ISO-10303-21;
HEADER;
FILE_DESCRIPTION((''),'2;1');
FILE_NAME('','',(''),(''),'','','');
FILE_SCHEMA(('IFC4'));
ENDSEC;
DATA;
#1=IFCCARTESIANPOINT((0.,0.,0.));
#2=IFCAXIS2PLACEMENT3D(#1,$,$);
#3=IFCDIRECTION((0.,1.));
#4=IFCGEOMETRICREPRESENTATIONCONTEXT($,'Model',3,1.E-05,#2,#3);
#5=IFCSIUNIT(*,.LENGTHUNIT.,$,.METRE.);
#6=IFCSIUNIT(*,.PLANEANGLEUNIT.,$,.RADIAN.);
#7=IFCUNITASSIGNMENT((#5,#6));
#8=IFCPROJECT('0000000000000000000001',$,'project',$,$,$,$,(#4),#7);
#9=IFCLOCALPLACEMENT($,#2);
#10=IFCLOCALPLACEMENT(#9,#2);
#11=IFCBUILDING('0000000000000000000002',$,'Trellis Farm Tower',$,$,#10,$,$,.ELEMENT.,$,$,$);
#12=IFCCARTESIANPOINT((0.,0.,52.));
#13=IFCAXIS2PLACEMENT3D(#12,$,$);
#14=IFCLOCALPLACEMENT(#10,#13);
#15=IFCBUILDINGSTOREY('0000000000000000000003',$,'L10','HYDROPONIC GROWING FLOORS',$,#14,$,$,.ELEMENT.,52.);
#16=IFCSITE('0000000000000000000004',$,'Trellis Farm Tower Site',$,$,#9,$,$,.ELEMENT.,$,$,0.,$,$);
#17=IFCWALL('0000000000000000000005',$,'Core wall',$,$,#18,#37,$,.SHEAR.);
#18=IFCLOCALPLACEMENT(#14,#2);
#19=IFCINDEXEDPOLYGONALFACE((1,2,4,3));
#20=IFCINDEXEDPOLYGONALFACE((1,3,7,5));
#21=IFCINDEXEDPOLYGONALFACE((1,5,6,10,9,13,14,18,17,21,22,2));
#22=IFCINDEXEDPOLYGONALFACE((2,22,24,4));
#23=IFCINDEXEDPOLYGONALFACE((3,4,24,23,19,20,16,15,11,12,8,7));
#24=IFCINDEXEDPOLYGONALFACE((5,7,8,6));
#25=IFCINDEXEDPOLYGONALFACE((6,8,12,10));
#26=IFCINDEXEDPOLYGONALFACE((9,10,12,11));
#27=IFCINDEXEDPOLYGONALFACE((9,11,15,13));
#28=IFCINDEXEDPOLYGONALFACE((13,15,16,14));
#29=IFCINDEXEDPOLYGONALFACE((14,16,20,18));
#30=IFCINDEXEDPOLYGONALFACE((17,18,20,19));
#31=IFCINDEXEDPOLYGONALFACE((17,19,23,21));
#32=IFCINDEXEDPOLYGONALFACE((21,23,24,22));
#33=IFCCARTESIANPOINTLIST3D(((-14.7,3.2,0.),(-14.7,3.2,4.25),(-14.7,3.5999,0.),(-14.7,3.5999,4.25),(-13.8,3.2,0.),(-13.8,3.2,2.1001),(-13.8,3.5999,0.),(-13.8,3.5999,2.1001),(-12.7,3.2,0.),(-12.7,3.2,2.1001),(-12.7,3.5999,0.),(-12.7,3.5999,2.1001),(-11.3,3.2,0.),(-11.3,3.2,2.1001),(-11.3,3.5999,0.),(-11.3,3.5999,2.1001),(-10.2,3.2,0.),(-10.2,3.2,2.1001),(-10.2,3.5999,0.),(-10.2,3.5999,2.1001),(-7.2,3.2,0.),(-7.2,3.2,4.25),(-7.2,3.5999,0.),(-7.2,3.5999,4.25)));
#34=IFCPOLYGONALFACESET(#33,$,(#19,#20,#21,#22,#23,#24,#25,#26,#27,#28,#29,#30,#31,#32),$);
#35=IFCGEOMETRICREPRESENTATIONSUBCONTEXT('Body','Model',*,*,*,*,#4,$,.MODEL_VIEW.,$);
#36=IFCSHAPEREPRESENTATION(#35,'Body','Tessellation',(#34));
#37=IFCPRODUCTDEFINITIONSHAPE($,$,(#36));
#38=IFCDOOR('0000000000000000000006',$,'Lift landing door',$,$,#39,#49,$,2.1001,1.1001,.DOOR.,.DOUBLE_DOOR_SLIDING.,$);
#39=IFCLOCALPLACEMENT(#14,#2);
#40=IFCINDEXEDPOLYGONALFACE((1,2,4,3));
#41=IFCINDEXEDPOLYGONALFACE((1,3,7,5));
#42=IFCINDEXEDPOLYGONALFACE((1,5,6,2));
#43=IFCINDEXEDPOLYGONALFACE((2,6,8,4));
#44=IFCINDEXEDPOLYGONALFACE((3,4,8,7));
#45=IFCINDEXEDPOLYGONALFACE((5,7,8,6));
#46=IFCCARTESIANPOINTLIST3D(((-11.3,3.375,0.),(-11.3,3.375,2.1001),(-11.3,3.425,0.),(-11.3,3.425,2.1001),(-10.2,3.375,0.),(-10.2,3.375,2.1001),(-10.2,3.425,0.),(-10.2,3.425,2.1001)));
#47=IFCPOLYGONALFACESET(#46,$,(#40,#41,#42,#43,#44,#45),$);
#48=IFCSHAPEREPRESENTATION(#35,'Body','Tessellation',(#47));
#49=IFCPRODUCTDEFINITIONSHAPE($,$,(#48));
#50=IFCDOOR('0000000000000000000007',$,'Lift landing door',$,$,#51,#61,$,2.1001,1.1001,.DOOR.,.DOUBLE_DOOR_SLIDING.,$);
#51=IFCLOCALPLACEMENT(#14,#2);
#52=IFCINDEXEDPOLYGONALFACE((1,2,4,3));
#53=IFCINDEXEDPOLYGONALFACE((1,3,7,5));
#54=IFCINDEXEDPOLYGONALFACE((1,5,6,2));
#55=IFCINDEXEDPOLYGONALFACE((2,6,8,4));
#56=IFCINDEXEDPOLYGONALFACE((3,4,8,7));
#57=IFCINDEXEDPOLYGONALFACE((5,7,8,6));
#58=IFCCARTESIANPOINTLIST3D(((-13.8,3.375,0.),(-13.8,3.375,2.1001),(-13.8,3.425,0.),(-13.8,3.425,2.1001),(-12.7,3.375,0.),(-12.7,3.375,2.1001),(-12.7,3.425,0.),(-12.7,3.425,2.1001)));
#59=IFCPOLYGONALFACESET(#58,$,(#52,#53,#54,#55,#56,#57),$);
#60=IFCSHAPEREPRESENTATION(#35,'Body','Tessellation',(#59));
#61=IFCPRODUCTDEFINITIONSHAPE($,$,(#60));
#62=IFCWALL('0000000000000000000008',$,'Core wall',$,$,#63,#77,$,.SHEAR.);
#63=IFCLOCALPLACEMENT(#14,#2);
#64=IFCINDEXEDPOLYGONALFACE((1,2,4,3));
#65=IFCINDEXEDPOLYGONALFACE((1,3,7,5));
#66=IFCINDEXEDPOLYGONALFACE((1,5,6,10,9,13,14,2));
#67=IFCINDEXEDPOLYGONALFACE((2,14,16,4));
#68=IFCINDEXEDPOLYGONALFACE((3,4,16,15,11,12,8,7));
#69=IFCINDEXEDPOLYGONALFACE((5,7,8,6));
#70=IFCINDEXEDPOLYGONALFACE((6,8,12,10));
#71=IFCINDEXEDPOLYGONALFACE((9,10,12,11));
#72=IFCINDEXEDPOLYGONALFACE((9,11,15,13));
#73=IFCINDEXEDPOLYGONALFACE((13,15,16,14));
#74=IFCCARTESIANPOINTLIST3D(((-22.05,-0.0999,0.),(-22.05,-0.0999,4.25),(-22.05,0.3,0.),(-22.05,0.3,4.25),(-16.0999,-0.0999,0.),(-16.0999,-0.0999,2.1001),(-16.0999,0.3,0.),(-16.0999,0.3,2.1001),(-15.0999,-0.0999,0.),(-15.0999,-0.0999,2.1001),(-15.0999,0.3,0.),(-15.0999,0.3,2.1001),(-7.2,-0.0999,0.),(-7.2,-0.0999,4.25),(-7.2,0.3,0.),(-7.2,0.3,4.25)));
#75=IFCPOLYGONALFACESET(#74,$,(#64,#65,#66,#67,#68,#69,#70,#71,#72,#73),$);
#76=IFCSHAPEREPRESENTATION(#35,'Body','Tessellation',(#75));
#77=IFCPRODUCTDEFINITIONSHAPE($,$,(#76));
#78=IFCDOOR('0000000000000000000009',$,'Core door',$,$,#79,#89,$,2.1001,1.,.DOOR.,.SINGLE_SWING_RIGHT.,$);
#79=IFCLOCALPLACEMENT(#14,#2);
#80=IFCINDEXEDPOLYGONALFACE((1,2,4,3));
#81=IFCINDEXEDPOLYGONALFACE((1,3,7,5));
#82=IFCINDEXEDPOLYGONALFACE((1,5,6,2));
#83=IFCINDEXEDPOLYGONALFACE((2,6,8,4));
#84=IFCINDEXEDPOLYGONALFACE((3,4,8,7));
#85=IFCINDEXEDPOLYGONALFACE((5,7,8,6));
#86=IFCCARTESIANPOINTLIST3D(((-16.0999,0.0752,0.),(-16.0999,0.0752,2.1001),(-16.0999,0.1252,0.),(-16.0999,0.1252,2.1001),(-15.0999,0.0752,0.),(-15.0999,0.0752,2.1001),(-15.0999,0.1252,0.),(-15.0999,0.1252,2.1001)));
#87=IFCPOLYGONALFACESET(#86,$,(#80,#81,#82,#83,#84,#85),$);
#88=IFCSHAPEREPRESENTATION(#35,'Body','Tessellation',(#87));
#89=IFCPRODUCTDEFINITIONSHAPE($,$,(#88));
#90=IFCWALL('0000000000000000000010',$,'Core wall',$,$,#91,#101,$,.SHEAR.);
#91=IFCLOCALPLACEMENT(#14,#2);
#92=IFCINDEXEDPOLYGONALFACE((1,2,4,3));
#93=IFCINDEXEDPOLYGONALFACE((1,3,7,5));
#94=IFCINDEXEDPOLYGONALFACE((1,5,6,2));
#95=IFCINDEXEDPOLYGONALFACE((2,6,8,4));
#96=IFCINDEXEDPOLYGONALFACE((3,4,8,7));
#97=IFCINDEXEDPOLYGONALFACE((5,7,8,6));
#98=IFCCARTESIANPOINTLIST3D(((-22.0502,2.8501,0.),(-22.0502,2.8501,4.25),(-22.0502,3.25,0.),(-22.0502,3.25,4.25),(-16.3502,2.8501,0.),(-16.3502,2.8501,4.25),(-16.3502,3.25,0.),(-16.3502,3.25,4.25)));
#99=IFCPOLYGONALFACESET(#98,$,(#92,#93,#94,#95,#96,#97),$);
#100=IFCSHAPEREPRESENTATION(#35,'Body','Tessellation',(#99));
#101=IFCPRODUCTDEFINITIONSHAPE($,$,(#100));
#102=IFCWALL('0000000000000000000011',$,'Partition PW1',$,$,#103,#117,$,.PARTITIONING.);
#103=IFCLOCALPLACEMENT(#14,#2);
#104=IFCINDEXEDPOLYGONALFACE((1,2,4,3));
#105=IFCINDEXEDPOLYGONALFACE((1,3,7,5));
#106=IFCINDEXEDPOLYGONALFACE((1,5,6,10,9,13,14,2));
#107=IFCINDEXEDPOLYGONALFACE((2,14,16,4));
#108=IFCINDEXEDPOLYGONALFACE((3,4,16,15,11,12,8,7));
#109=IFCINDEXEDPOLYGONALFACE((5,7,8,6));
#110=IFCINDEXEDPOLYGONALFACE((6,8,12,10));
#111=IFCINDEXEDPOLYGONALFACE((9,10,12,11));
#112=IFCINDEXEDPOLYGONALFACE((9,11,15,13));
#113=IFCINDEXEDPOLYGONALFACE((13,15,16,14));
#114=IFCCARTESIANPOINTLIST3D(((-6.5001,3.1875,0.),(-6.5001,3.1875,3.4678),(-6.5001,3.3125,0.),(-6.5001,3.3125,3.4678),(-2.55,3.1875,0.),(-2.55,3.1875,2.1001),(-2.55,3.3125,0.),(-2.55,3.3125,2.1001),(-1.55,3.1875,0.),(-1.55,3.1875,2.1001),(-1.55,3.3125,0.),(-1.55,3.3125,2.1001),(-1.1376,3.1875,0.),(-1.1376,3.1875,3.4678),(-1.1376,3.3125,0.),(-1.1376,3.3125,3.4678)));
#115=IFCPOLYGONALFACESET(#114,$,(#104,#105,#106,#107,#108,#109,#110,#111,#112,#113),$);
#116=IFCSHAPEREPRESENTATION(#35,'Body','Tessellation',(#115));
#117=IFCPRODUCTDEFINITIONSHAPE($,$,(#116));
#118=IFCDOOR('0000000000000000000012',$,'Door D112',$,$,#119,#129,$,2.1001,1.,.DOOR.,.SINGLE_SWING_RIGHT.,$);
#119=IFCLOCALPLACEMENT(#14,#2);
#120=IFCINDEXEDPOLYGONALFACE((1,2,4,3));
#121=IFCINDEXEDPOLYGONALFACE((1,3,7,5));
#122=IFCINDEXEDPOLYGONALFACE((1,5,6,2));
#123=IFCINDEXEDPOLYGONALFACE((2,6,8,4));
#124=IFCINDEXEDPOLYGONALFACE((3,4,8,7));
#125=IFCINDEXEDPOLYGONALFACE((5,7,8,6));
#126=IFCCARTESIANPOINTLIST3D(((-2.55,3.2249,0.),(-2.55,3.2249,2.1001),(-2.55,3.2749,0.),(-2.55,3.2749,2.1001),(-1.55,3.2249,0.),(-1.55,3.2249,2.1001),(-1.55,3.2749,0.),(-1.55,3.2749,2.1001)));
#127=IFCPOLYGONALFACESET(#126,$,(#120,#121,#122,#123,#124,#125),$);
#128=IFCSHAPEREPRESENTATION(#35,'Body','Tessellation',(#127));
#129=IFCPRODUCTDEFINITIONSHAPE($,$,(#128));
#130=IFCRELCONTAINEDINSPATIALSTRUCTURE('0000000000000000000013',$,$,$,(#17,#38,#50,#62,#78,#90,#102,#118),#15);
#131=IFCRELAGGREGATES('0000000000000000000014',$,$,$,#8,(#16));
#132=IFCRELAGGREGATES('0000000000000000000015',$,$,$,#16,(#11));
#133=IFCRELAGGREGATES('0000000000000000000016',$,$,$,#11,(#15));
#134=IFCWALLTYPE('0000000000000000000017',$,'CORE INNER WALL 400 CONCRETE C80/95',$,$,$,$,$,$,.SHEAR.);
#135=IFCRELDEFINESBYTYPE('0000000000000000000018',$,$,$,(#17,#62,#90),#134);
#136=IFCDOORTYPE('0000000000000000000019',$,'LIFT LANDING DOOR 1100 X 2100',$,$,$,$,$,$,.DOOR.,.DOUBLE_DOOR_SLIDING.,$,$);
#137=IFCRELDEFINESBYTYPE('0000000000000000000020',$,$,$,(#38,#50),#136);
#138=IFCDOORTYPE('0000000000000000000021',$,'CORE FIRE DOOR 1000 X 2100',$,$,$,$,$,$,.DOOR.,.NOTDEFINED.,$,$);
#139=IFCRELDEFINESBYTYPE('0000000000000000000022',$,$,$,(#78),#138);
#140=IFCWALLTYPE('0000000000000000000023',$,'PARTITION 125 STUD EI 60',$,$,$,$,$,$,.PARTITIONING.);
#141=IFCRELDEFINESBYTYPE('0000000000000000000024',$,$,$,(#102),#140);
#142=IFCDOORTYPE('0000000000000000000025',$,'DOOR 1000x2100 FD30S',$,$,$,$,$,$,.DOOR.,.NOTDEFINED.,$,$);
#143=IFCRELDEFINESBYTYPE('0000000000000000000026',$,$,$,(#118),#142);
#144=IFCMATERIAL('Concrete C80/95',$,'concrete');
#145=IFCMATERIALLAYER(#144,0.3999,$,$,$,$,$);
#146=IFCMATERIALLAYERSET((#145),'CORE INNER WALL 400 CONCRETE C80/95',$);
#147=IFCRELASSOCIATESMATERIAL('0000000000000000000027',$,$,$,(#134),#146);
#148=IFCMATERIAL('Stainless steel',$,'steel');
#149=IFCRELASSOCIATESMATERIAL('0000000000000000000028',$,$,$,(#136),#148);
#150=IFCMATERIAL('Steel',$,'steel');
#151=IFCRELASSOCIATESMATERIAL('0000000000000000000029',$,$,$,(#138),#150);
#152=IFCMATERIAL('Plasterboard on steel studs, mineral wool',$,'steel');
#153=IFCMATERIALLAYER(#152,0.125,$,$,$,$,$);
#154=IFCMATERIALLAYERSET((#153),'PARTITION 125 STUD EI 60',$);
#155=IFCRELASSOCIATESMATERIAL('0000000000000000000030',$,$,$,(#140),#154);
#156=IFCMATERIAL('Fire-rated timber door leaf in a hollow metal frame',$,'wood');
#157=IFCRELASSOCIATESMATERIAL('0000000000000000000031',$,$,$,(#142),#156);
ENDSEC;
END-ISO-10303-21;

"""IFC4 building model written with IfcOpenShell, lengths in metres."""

from ifc_helpers import new_model, si_unit, direction, frame, frame_2d, origin, place, context, subcontext, project, spatial, rectangle, extrude, source, transform, mapped, material, layer, layer_set, type_object, element, fill, save


model = new_model("IFC4")

# Units and contexts
model_context = context("Model", 3, precision=1e-05, world=origin(), true_north=direction((0.0, 1.0)))
body_context = subcontext(model_context, "Body", "Model", "MODEL_VIEW")
ifc_project = project(units=[si_unit("LENGTHUNIT", "METRE"), si_unit("PLANEANGLEUNIT", "RADIAN")], contexts=[model_context])

# Site, building, storey
site_placement = place(None, origin())
site = spatial("IfcSite", under=ifc_project, at=site_placement, Name="Trellis Farm Tower Site", CompositionType="ELEMENT", RefElevation=0.0)
building_placement = place(site_placement, origin())
building = spatial("IfcBuilding", under=site, at=building_placement, Name="Trellis Farm Tower", CompositionType="ELEMENT")
storey_placement = place(building_placement, frame((0.0, 0.0, 52.0)))
storey = spatial("IfcBuildingStorey", under=building, at=storey_placement, Name="L10", Description="HYDROPONIC GROWING FLOORS", CompositionType="ELEMENT", Elevation=52.0)

# Shared definitions
ifc_material_1 = material(Name="Concrete C80/95", Category="concrete")

# Wall, openings, doors
ifc_layer_1 = layer(ifc_material_1, 0.3999)
ifc_layer_set_1 = layer_set([ifc_layer_1], Name="CORE INNER WALL 400 CONCRETE C80/95")
wall_type_1 = type_object("IfcWallType", Name="CORE INNER WALL 400 CONCRETE C80/95", PredefinedType="SHEAR", material=ifc_layer_set_1)
shared_shape_1 = source(origin(), body_context, "Body", "SweptSolid", [
    extrude(rectangle(XDim=7.5, YDim=0.3999, at=frame_2d((3.75, 0.0))), origin(), (0.0, 0.0, 1.0), 4.25),
])
wall_1_placement = place(storey_placement, frame((-7.2, 3.3999, 0.0), z_axis=(0.0, 0.0, 1.0), x_axis=(-1.0, 0.0, 0.0)))
wall_1 = element("IfcWall", 1, at=wall_1_placement, inside=storey, type_object=wall_type_1, Name="Core wall", PredefinedType="SHEAR", context=body_context, shape_type="MappedRepresentation", body=[
    mapped(shared_shape_1, transform((0.0, 0.0, 0.0))),
])
shared_shape_2 = source(origin(), body_context, "Body", "SweptSolid", [
    extrude(rectangle(XDim=1.1001, YDim=2.1001, at=frame_2d((0.55, 1.05))), frame((0.0, 0.21, 0.0), z_axis=(0.0, -1.0, 0.0), x_axis=(1.0, 0.0, 0.0)), (0.0, 0.0, 1.0), 0.4199),
])
opening_1_placement = place(wall_1_placement, frame((3.0, 0.0, 0.0)))
opening_1 = element("IfcOpeningElement", 2, at=opening_1_placement, cuts=wall_1, PredefinedType="OPENING", context=body_context, shape_type="MappedRepresentation", body=[
    mapped(shared_shape_2, transform((0.0, 0.0, 0.0))),
])
opening_2_placement = place(wall_1_placement, frame((5.5, 0.0, 0.0)))
opening_2 = element("IfcOpeningElement", 3, at=opening_2_placement, cuts=wall_1, PredefinedType="OPENING", context=body_context, shape_type="MappedRepresentation", body=[
    mapped(shared_shape_2, transform((0.0, 0.0, 0.0))),
])
ifc_material_2 = material(Name="Stainless steel", Category="steel")
door_type_1 = type_object("IfcDoorType", Name="LIFT LANDING DOOR 1100 X 2100", OperationType="DOUBLE_DOOR_SLIDING", PredefinedType="DOOR", material=ifc_material_2)
shared_shape_3 = source(origin(), body_context, "Body", "SweptSolid", [
    extrude(rectangle(XDim=1.1001, YDim=2.1001, at=frame_2d((0.55, 1.05))), frame((0.0, 0.0249, 0.0), z_axis=(0.0, -1.0, 0.0), x_axis=(1.0, 0.0, 0.0)), (0.0, 0.0, 1.0), 0.05),
])
door_1_placement = place(opening_1_placement, origin())
door_1 = element("IfcDoor", 4, at=door_1_placement, inside=storey, type_object=door_type_1, Name="Lift landing door", OperationType="DOUBLE_DOOR_SLIDING", OverallHeight=2.1001, OverallWidth=1.1001, PredefinedType="DOOR", context=body_context, shape_type="MappedRepresentation", body=[
    mapped(shared_shape_3, transform((0.0, 0.0, 0.0))),
])
fill(opening_1, door_1)
door_2_placement = place(opening_2_placement, origin())
door_2 = element("IfcDoor", 5, at=door_2_placement, inside=storey, type_object=door_type_1, Name="Lift landing door", OperationType="DOUBLE_DOOR_SLIDING", OverallHeight=2.1001, OverallWidth=1.1001, PredefinedType="DOOR", context=body_context, shape_type="MappedRepresentation", body=[
    mapped(shared_shape_3, transform((0.0, 0.0, 0.0))),
])
fill(opening_2, door_2)

# Wall, opening, door
shared_shape_4 = source(origin(), body_context, "Body", "SweptSolid", [
    extrude(rectangle(XDim=14.8501, YDim=0.3999, at=frame_2d((7.425, 0.0))), origin(), (0.0, 0.0, 1.0), 4.25),
])
wall_2_placement = place(storey_placement, frame((-7.2, 0.1001, 0.0), z_axis=(0.0, 0.0, 1.0), x_axis=(-1.0, 0.0, 0.0)))
wall_2 = element("IfcWall", 6, at=wall_2_placement, inside=storey, type_object=wall_type_1, Name="Core wall", PredefinedType="SHEAR", context=body_context, shape_type="MappedRepresentation", body=[
    mapped(shared_shape_4, transform((0.0, 0.0, 0.0))),
])
shared_shape_5 = source(origin(), body_context, "Body", "SweptSolid", [
    extrude(rectangle(XDim=1.0, YDim=2.1001, at=frame_2d((0.5, 1.05))), frame((0.0, 0.21, 0.0), z_axis=(0.0, -1.0, 0.0), x_axis=(1.0, 0.0, 0.0)), (0.0, 0.0, 1.0), 0.4199),
])
opening_3_placement = place(wall_2_placement, frame((7.8999, 0.0, 0.0)))
opening_3 = element("IfcOpeningElement", 7, at=opening_3_placement, cuts=wall_2, PredefinedType="OPENING", context=body_context, shape_type="MappedRepresentation", body=[
    mapped(shared_shape_5, transform((0.0, 0.0, 0.0))),
])
ifc_material_3 = material(Name="Steel", Category="steel")
door_type_2 = type_object("IfcDoorType", Name="CORE FIRE DOOR 1000 X 2100", OperationType="NOTDEFINED", PredefinedType="DOOR", material=ifc_material_3)
shared_shape_6 = source(origin(), body_context, "Body", "SweptSolid", [
    extrude(rectangle(XDim=1.0, YDim=2.1001, at=frame_2d((0.5, 1.05))), frame((0.0, 0.0249, 0.0), z_axis=(0.0, -1.0, 0.0), x_axis=(1.0, 0.0, 0.0)), (0.0, 0.0, 1.0), 0.05),
])
door_3_placement = place(opening_3_placement, origin())
door_3 = element("IfcDoor", 8, at=door_3_placement, inside=storey, type_object=door_type_2, Name="Core door", OperationType="SINGLE_SWING_RIGHT", OverallHeight=2.1001, OverallWidth=1.0, PredefinedType="DOOR", context=body_context, shape_type="MappedRepresentation", body=[
    mapped(shared_shape_6, transform((0.0, 0.0, 0.0))),
])
fill(opening_3, door_3)

# Wall
shared_shape_7 = source(origin(), body_context, "Body", "SweptSolid", [
    extrude(rectangle(XDim=5.7, YDim=0.3999, at=frame_2d((2.8501, 0.0))), origin(), (0.0, 0.0, 1.0), 4.25),
])
wall_3_placement = place(storey_placement, frame((-16.3501, 3.05, 0.0), z_axis=(0.0, 0.0, 1.0), x_axis=(-1.0, 0.0, 0.0)))
element("IfcWall", 9, at=wall_3_placement, inside=storey, type_object=wall_type_1, Name="Core wall", PredefinedType="SHEAR", context=body_context, shape_type="MappedRepresentation", body=[
    mapped(shared_shape_7, transform((0.0, 0.0, 0.0))),
])

# Wall, opening, door
ifc_material_4 = material(Name="Plasterboard on steel studs, mineral wool", Category="steel")
ifc_layer_2 = layer(ifc_material_4, 0.125)
ifc_layer_set_2 = layer_set([ifc_layer_2], Name="PARTITION 125 STUD EI 60")
wall_type_2 = type_object("IfcWallType", Name="PARTITION 125 STUD EI 60", PredefinedType="PARTITIONING", material=ifc_layer_set_2)
shared_shape_8 = source(origin(), body_context, "Body", "SweptSolid", [
    extrude(rectangle(XDim=5.3625, YDim=0.125, at=frame_2d((2.6812, 0.0))), origin(), (0.0, 0.0, 1.0), 3.4678),
])
wall_4_placement = place(storey_placement, frame((-6.5, 3.25, 0.0), z_axis=(0.0, 0.0, 1.0), x_axis=(1.0, 0.0, 0.0)))
wall_4 = element("IfcWall", 10, at=wall_4_placement, inside=storey, type_object=wall_type_2, Name="Partition PW1", PredefinedType="PARTITIONING", context=body_context, shape_type="MappedRepresentation", body=[
    mapped(shared_shape_8, transform((0.0, 0.0, 0.0))),
])
shared_shape_9 = source(origin(), body_context, "Body", "SweptSolid", [
    extrude(rectangle(XDim=1.0, YDim=2.1001, at=frame_2d((0.5, 1.05))), frame((0.0, 0.0725, 0.0), z_axis=(0.0, -1.0, 0.0), x_axis=(1.0, 0.0, 0.0)), (0.0, 0.0, 1.0), 0.145),
])
opening_4_placement = place(wall_4_placement, frame((3.95, 0.0, 0.0)))
opening_4 = element("IfcOpeningElement", 11, at=opening_4_placement, cuts=wall_4, PredefinedType="OPENING", context=body_context, shape_type="MappedRepresentation", body=[
    mapped(shared_shape_9, transform((0.0, 0.0, 0.0))),
])
ifc_material_5 = material(Name="Fire-rated timber door leaf in a hollow metal frame", Category="wood")
door_type_3 = type_object("IfcDoorType", Name="DOOR 1000x2100 FD30S", OperationType="NOTDEFINED", PredefinedType="DOOR", material=ifc_material_5)
door_4_placement = place(opening_4_placement, origin())
door_4 = element("IfcDoor", 12, at=door_4_placement, inside=storey, type_object=door_type_3, Name="Door D112", OperationType="SINGLE_SWING_RIGHT", OverallHeight=2.1001, OverallWidth=1.0, PredefinedType="DOOR", context=body_context, shape_type="MappedRepresentation", body=[
    mapped(shared_shape_6, transform((0.0, 0.0, 0.0))),
])
fill(opening_4, door_4)

save(model, "model.ifc")
